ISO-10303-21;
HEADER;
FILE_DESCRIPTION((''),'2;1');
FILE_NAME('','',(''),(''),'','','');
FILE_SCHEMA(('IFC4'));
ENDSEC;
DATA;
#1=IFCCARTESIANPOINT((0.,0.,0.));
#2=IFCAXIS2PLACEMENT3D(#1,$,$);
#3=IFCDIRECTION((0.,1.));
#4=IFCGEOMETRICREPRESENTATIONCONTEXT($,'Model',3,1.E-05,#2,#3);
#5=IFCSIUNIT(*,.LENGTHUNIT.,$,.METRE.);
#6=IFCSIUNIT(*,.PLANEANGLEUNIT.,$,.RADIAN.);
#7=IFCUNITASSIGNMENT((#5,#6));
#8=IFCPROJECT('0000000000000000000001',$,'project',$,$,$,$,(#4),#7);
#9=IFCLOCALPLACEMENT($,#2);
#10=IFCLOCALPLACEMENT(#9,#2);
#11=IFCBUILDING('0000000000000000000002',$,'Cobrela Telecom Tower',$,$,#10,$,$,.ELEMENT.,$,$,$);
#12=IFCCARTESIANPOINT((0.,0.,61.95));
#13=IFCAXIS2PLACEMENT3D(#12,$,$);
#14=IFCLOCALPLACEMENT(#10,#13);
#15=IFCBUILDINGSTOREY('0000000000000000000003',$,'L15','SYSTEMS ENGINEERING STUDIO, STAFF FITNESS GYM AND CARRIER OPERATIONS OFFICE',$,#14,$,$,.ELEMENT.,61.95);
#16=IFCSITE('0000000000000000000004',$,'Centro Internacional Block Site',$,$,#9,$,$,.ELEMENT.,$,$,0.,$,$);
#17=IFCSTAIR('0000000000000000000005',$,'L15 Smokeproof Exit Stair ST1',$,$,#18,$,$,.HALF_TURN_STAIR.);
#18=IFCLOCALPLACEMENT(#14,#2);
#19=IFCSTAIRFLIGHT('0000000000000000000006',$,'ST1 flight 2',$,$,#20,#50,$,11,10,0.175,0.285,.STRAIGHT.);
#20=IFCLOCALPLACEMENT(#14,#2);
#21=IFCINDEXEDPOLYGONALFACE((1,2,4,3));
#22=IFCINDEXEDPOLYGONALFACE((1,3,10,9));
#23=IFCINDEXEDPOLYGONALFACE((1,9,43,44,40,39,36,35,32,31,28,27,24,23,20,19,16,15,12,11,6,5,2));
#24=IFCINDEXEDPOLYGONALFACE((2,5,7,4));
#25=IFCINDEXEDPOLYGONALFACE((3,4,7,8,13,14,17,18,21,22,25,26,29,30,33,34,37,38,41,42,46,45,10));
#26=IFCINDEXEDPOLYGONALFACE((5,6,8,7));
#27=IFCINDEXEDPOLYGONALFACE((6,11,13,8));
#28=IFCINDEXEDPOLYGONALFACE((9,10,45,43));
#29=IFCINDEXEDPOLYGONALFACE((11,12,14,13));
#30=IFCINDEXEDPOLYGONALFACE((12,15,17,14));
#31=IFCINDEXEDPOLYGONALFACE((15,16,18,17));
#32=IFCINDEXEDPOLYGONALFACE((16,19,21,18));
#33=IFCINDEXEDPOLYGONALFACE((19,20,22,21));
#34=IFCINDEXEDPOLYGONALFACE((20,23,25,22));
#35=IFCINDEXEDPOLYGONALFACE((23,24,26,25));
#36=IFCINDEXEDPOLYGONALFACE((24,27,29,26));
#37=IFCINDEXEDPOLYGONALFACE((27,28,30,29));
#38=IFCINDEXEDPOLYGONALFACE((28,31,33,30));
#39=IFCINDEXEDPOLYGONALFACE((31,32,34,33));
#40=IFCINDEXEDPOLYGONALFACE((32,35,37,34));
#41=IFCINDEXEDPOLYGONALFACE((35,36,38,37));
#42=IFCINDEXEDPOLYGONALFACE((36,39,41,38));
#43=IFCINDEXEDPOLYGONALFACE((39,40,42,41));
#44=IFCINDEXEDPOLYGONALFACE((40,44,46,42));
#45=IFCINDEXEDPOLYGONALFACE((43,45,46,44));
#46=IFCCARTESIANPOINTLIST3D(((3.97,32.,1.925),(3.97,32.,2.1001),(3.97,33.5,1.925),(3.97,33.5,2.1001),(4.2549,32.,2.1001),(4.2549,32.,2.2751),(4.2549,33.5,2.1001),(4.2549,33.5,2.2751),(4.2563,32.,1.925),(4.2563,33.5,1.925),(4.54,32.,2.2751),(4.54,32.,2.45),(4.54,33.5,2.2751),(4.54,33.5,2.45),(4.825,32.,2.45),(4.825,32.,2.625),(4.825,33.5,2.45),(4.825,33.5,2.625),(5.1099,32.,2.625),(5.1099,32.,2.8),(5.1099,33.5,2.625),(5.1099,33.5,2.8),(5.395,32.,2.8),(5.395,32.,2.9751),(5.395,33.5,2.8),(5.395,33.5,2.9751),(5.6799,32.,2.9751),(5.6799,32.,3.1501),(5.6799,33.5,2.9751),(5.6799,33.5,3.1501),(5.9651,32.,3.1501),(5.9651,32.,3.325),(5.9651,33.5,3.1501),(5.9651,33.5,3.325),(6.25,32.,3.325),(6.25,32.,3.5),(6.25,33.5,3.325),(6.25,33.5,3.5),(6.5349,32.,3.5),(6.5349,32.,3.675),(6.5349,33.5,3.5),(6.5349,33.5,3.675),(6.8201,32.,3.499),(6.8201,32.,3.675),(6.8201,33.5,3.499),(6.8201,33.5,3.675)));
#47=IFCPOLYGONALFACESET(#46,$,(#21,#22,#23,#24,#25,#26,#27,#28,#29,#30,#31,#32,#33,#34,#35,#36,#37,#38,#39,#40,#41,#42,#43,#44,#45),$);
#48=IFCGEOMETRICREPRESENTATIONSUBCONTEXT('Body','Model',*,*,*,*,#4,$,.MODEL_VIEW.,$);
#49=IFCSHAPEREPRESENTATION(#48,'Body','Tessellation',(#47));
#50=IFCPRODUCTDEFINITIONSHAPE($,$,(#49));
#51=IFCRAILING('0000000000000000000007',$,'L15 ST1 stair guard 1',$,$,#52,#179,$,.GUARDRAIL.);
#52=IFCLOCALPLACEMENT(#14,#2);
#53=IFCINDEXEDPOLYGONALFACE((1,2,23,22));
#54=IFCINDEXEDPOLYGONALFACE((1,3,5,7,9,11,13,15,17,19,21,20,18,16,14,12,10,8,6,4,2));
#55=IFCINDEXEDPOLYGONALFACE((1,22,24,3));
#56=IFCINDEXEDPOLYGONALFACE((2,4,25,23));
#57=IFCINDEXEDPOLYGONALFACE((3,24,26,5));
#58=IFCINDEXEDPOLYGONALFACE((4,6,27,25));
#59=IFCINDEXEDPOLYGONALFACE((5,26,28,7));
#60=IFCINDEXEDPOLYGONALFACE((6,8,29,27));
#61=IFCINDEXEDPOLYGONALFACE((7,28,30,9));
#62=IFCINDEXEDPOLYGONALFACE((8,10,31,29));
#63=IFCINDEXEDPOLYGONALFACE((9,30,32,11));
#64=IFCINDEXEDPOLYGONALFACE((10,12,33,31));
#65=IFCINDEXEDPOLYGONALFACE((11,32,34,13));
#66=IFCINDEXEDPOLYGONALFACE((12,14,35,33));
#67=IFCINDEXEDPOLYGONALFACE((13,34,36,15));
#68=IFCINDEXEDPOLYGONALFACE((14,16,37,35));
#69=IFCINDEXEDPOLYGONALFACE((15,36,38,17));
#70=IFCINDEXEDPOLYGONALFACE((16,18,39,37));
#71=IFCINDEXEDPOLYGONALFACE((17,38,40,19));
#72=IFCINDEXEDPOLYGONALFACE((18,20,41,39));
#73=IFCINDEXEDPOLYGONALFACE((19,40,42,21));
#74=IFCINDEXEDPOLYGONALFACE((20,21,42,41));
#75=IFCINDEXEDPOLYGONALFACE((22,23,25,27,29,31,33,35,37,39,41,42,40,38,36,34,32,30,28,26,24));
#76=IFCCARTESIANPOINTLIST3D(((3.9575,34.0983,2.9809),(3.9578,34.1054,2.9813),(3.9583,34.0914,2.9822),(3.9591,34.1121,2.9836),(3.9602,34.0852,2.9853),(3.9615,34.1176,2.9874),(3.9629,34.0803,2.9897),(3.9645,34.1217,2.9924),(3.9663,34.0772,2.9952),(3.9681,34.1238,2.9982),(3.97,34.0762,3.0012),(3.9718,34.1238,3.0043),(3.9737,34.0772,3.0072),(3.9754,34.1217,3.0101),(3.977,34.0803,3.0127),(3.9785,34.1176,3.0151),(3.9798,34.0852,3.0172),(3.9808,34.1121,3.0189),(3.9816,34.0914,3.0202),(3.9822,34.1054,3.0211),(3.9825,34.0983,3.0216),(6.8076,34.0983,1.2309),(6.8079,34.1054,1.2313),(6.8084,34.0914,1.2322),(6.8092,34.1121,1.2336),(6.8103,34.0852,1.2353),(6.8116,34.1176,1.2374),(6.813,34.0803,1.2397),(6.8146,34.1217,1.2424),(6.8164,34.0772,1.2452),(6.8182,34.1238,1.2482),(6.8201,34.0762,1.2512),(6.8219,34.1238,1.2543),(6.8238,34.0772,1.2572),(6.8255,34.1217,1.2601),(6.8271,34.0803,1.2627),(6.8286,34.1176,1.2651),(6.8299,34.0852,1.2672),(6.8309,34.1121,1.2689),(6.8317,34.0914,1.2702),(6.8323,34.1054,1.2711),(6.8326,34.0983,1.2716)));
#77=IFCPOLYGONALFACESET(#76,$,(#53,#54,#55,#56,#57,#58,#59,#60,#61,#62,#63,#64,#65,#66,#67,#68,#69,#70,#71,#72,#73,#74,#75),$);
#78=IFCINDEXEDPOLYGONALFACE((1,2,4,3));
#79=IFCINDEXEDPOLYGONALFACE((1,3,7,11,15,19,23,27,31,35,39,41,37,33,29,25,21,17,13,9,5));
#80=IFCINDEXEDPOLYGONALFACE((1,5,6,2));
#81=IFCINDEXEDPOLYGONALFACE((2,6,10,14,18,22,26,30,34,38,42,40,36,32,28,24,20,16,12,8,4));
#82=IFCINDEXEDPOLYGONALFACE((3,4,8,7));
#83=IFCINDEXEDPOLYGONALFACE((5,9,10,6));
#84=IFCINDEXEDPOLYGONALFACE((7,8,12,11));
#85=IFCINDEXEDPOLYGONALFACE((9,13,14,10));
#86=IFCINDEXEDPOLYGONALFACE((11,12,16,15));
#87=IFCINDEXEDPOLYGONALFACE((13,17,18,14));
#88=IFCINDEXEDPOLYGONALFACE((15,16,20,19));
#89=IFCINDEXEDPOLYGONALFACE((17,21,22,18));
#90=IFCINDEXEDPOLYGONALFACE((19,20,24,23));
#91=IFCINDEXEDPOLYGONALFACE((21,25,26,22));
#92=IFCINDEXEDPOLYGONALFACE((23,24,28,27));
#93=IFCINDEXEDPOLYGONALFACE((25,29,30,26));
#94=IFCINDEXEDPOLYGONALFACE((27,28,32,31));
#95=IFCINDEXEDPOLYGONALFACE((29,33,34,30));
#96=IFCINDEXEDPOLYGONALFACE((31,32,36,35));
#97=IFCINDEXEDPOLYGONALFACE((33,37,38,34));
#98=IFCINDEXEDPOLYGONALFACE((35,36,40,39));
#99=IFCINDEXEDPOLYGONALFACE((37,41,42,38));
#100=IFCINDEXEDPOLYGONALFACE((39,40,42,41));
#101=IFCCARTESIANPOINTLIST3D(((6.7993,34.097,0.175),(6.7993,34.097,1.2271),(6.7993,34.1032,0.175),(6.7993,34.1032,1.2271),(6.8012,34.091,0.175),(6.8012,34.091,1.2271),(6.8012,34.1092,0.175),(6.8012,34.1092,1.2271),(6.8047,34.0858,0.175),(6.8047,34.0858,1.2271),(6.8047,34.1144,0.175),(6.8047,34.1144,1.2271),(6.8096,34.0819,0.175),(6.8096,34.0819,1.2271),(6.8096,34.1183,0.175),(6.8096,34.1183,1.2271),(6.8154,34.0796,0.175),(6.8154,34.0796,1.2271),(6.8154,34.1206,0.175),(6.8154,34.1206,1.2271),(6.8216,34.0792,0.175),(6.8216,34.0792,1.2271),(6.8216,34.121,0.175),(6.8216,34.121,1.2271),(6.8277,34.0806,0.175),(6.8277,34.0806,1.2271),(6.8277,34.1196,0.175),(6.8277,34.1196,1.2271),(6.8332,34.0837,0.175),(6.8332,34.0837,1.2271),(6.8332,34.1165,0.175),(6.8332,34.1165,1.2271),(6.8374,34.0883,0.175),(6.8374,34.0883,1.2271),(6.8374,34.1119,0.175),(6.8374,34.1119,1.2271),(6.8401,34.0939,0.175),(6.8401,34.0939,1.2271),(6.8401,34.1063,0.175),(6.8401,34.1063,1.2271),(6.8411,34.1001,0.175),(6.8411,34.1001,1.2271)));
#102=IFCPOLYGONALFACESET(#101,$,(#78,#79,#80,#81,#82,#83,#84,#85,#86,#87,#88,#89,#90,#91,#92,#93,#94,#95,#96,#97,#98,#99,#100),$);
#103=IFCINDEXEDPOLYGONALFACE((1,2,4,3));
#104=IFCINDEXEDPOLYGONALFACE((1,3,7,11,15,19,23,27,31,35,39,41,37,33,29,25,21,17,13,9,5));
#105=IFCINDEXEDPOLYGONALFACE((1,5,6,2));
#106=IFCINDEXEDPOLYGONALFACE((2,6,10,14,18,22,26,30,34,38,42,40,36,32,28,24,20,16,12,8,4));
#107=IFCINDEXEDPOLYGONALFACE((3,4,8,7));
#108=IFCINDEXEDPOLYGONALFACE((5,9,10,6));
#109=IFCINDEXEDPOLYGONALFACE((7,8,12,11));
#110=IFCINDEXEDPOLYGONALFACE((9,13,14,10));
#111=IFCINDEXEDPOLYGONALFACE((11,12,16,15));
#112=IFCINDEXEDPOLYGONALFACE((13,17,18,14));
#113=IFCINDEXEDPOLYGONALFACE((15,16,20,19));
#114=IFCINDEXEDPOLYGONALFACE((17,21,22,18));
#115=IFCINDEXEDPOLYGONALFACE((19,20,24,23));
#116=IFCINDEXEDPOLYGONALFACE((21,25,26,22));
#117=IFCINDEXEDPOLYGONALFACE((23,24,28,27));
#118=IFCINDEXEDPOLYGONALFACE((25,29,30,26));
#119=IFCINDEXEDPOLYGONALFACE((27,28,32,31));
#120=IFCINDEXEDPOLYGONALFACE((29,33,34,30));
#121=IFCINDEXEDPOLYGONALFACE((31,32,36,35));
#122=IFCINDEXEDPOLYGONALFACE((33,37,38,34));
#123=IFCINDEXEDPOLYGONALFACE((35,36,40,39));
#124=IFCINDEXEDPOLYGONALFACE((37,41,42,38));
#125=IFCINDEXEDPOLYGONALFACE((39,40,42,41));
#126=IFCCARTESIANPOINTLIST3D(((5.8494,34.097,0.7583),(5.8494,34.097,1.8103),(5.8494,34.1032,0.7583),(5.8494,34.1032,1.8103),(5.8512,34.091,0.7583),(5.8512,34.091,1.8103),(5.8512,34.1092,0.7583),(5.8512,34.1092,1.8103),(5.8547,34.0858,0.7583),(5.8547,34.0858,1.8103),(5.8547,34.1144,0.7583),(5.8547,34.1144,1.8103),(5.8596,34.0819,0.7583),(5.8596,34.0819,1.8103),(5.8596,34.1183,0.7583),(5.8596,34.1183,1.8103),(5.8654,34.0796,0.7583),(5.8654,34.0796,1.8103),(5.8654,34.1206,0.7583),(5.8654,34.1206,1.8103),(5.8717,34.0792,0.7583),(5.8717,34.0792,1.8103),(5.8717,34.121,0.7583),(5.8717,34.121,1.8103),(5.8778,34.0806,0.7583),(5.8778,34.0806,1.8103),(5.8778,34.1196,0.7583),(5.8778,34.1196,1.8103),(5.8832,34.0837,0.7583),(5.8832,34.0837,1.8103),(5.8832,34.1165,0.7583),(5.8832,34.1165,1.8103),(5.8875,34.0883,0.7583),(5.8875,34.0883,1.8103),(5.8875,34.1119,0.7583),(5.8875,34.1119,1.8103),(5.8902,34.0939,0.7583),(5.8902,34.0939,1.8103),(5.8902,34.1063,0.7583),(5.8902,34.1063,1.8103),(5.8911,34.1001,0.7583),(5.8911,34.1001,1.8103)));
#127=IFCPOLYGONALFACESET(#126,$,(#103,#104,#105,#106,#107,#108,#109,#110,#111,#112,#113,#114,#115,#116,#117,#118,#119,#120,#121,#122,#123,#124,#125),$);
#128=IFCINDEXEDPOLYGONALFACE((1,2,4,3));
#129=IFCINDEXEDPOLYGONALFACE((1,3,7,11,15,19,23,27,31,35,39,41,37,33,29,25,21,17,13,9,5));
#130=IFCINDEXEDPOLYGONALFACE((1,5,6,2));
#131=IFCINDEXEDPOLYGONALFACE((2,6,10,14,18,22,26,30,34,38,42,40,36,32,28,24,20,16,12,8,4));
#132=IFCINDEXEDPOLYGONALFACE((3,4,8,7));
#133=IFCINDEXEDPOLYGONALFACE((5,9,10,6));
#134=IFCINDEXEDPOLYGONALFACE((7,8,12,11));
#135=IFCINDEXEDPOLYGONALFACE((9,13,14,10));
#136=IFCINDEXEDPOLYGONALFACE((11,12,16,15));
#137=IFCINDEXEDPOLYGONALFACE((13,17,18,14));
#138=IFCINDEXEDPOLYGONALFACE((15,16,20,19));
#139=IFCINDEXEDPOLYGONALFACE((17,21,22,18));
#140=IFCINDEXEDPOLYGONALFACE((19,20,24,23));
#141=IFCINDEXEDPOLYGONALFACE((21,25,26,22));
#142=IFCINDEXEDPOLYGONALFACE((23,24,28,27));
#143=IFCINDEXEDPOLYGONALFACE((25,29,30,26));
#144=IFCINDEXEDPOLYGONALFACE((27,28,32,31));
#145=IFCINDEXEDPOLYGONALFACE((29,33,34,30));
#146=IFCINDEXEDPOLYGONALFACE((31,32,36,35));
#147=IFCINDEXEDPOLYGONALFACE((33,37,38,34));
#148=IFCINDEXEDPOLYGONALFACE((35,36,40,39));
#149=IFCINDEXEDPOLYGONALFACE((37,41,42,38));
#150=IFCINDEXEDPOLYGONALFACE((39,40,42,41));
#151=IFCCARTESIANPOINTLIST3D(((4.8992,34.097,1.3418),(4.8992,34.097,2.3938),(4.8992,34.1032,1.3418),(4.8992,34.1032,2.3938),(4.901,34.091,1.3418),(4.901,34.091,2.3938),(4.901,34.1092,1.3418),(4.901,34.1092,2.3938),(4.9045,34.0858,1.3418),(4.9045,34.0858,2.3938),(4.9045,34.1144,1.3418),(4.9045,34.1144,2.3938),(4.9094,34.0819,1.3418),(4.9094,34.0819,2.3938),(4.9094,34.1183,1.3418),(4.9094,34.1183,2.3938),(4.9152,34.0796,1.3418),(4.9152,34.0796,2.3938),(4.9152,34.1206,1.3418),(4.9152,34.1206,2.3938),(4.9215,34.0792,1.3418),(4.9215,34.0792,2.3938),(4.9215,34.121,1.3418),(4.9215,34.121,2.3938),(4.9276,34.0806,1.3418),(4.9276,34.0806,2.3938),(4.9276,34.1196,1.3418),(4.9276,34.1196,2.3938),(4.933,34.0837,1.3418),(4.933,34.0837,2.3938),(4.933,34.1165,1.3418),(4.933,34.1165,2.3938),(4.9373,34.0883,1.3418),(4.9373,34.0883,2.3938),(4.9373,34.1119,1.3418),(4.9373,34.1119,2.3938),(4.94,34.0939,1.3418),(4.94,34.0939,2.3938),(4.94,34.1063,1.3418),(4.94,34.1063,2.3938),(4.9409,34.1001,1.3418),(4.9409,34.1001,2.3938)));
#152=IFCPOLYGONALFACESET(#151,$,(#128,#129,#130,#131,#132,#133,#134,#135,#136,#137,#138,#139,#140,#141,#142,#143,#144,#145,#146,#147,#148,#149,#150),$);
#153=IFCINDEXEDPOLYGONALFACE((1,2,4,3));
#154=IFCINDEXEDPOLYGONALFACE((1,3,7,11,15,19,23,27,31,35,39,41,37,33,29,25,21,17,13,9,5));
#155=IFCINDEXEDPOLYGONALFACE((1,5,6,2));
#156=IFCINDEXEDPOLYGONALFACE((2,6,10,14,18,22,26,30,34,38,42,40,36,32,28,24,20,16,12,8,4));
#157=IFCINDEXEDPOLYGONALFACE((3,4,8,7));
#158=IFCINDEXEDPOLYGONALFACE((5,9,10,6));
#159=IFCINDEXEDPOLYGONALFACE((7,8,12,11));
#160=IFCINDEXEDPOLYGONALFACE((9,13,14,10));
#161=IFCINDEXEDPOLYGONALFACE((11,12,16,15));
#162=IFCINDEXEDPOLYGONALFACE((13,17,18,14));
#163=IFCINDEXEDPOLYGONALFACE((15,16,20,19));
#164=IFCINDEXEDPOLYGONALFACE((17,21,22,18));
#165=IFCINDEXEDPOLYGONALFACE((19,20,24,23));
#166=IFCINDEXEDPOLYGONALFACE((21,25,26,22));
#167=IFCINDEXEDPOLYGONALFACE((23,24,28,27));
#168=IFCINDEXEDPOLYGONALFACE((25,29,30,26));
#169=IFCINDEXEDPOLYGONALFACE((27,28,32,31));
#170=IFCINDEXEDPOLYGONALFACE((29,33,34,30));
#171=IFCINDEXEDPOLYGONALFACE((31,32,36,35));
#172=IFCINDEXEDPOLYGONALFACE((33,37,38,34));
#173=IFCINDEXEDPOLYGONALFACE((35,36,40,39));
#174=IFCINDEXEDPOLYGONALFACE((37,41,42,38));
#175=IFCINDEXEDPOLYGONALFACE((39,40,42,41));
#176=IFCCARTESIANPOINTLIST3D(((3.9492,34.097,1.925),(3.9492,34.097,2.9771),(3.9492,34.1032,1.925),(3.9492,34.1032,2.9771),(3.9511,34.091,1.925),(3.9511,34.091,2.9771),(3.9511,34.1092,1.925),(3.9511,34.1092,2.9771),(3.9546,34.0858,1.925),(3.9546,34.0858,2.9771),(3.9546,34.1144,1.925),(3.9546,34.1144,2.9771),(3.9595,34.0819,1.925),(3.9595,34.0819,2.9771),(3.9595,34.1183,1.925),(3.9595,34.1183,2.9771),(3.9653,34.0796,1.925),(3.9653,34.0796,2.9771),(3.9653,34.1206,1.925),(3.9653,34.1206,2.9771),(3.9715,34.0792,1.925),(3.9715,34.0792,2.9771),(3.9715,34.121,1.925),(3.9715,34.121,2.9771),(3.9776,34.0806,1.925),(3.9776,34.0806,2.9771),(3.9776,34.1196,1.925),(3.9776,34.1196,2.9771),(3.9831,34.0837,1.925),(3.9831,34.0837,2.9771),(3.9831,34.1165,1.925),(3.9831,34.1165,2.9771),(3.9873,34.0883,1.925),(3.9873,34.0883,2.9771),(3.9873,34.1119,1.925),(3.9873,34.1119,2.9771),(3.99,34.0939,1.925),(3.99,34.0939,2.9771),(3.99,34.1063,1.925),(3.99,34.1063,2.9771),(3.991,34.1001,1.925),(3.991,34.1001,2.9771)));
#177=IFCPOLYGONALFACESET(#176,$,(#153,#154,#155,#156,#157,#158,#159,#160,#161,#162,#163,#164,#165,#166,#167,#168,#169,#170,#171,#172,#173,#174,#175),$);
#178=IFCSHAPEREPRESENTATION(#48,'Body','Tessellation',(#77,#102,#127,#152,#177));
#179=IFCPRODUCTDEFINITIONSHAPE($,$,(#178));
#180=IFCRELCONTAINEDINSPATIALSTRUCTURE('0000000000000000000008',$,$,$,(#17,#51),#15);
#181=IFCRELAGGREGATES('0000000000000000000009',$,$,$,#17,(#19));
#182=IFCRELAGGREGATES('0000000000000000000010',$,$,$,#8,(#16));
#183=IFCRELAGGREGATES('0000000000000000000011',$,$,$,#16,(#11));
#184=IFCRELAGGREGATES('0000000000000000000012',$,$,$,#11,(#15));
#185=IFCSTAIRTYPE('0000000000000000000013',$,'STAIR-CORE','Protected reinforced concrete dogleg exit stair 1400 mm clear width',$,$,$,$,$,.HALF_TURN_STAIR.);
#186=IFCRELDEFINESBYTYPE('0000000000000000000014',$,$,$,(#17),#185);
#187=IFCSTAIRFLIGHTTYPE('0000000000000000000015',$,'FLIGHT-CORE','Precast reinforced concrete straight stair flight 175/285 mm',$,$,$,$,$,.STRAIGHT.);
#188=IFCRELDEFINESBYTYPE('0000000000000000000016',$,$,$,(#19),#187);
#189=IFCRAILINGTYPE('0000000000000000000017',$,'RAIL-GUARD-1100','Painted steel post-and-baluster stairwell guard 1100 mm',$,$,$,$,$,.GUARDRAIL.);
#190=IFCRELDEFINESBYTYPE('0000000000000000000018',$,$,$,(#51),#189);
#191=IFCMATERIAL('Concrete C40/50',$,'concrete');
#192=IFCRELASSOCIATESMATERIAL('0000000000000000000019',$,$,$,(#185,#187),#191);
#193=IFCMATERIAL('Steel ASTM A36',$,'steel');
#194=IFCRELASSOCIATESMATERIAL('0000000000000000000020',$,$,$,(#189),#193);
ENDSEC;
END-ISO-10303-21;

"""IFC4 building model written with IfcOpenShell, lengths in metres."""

from ifc_helpers import new_model, si_unit, direction, frame, origin, origin_2d, place, context, subcontext, project, spatial, polyline, circle, outline, extrude, material, type_object, element, aggregate, save


model = new_model("IFC4")

# Units and contexts
model_context = context("Model", 3, precision=1e-05, world=origin(), true_north=direction((0.0, 1.0)))
body_context = subcontext(model_context, "Body", "Model", "MODEL_VIEW")
ifc_project = project(units=[si_unit("LENGTHUNIT", "METRE"), si_unit("PLANEANGLEUNIT", "RADIAN")], contexts=[model_context])

# Site, building, storey
site_placement = place(None, origin())
site = spatial("IfcSite", under=ifc_project, at=site_placement, Name="Centro Internacional Block Site", CompositionType="ELEMENT", RefElevation=0.0)
building_placement = place(site_placement, origin())
building = spatial("IfcBuilding", under=site, at=building_placement, Name="Cobrela Telecom Tower", CompositionType="ELEMENT")
storey_placement = place(building_placement, frame((0.0, 0.0, 61.95)))
storey = spatial("IfcBuildingStorey", under=building, at=storey_placement, Name="L15", Description="SYSTEMS ENGINEERING STUDIO, STAFF FITNESS GYM AND CARRIER OPERATIONS OFFICE", CompositionType="ELEMENT", Elevation=61.95)

# Shared definitions
ifc_material_1 = material(Name="Steel ASTM A36", Category="steel")

# Shared definitions
ifc_material_2 = material(Name="Concrete C40/50", Category="concrete")

# Stair, stair flight
stair_type = type_object("IfcStairType", Name="STAIR-CORE", Description="Protected reinforced concrete dogleg exit stair 1400 mm clear width", PredefinedType="HALF_TURN_STAIR", material=ifc_material_2)
stair_placement = place(storey_placement, origin())
stair = element("IfcStair", 1, at=stair_placement, inside=storey, type_object=stair_type, Name="L15 Smokeproof Exit Stair ST1", PredefinedType="HALF_TURN_STAIR")
stair_flight_type = type_object("IfcStairFlightType", Name="FLIGHT-CORE", Description="Precast reinforced concrete straight stair flight 175/285 mm", PredefinedType="STRAIGHT", material=ifc_material_2)
stair_flight_1_placement = place(storey_placement, frame((3.97, 32.75, 1.925), z_axis=(0.0, 0.0, 1.0), x_axis=(1.0, 0.0, 0.0)))
stair_flight_1 = element("IfcStairFlight", 2, at=stair_flight_1_placement, type_object=stair_flight_type, Name="ST1 flight 2", NumberOfRisers=11, NumberOfTreads=10, PredefinedType="STRAIGHT", RiserHeight=0.175, TreadLength=0.285, context=body_context, shape_type="SweptSolid", body=[
    extrude(outline(polyline([(0.0, 0.0), (0.0, 0.175), (0.2849, 0.175), (0.2849, 0.3501), (0.5701, 0.3501), (0.5701, 0.5249), (0.855, 0.5249), (0.855, 0.7), (1.1399, 0.7), (1.1399, 0.875), (1.425, 0.875), (1.425, 1.05), (1.71, 1.05), (1.71, 1.2251), (1.9951, 1.2251), (1.9951, 1.3999), (2.28, 1.3999), (2.28, 1.575), (2.5649, 1.575), (2.5649, 1.75), (2.8501, 1.75), (2.8501, 1.925), (2.8501, 1.574), (0.2864, 0.0), (0.0, 0.0)])), frame((0.0, 0.75, 0.0), z_axis=(0.0, -1.0, 0.0), x_axis=(1.0, 0.0, 0.0)), (0.0, 0.0, 1.0), 1.5),
])
aggregate(stair, [stair_flight_1])

# Railing
railing_type_1 = type_object("IfcRailingType", Name="RAIL-GUARD-1100", Description="Painted steel post-and-baluster stairwell guard 1100 mm", PredefinedType="GUARDRAIL", material=ifc_material_1)
railing_1_placement = place(storey_placement, frame((6.8201, 34.1001, 0.175)))
element("IfcRailing", 3, at=railing_1_placement, inside=storey, type_object=railing_type_1, Name="L15 ST1 stair guard 1", PredefinedType="GUARDRAIL", context=body_context, shape_type="SweptSolid", body=[
    extrude(circle(Radius=0.0239, at=origin_2d()), frame((0.0, 0.0, 1.0762), z_axis=(-0.852179, 0.0, 0.52325), x_axis=(0.0, -1.0, 0.0)), (0.0, 0.0, 1.0), 3.3445),
    extrude(circle(Radius=0.021, at=origin_2d()), origin(), (0.0, 0.0, 1.0), 1.052),
    extrude(circle(Radius=0.021, at=origin_2d()), frame((-0.95, 0.0, 0.5833)), (0.0, 0.0, 1.0), 1.052),
    extrude(circle(Radius=0.021, at=origin_2d()), frame((-1.9001, 0.0, 1.1667)), (0.0, 0.0, 1.0), 1.052),
    extrude(circle(Radius=0.021, at=origin_2d()), frame((-2.8501, 0.0, 1.75)), (0.0, 0.0, 1.0), 1.052),
])

save(model, "model.ifc")
